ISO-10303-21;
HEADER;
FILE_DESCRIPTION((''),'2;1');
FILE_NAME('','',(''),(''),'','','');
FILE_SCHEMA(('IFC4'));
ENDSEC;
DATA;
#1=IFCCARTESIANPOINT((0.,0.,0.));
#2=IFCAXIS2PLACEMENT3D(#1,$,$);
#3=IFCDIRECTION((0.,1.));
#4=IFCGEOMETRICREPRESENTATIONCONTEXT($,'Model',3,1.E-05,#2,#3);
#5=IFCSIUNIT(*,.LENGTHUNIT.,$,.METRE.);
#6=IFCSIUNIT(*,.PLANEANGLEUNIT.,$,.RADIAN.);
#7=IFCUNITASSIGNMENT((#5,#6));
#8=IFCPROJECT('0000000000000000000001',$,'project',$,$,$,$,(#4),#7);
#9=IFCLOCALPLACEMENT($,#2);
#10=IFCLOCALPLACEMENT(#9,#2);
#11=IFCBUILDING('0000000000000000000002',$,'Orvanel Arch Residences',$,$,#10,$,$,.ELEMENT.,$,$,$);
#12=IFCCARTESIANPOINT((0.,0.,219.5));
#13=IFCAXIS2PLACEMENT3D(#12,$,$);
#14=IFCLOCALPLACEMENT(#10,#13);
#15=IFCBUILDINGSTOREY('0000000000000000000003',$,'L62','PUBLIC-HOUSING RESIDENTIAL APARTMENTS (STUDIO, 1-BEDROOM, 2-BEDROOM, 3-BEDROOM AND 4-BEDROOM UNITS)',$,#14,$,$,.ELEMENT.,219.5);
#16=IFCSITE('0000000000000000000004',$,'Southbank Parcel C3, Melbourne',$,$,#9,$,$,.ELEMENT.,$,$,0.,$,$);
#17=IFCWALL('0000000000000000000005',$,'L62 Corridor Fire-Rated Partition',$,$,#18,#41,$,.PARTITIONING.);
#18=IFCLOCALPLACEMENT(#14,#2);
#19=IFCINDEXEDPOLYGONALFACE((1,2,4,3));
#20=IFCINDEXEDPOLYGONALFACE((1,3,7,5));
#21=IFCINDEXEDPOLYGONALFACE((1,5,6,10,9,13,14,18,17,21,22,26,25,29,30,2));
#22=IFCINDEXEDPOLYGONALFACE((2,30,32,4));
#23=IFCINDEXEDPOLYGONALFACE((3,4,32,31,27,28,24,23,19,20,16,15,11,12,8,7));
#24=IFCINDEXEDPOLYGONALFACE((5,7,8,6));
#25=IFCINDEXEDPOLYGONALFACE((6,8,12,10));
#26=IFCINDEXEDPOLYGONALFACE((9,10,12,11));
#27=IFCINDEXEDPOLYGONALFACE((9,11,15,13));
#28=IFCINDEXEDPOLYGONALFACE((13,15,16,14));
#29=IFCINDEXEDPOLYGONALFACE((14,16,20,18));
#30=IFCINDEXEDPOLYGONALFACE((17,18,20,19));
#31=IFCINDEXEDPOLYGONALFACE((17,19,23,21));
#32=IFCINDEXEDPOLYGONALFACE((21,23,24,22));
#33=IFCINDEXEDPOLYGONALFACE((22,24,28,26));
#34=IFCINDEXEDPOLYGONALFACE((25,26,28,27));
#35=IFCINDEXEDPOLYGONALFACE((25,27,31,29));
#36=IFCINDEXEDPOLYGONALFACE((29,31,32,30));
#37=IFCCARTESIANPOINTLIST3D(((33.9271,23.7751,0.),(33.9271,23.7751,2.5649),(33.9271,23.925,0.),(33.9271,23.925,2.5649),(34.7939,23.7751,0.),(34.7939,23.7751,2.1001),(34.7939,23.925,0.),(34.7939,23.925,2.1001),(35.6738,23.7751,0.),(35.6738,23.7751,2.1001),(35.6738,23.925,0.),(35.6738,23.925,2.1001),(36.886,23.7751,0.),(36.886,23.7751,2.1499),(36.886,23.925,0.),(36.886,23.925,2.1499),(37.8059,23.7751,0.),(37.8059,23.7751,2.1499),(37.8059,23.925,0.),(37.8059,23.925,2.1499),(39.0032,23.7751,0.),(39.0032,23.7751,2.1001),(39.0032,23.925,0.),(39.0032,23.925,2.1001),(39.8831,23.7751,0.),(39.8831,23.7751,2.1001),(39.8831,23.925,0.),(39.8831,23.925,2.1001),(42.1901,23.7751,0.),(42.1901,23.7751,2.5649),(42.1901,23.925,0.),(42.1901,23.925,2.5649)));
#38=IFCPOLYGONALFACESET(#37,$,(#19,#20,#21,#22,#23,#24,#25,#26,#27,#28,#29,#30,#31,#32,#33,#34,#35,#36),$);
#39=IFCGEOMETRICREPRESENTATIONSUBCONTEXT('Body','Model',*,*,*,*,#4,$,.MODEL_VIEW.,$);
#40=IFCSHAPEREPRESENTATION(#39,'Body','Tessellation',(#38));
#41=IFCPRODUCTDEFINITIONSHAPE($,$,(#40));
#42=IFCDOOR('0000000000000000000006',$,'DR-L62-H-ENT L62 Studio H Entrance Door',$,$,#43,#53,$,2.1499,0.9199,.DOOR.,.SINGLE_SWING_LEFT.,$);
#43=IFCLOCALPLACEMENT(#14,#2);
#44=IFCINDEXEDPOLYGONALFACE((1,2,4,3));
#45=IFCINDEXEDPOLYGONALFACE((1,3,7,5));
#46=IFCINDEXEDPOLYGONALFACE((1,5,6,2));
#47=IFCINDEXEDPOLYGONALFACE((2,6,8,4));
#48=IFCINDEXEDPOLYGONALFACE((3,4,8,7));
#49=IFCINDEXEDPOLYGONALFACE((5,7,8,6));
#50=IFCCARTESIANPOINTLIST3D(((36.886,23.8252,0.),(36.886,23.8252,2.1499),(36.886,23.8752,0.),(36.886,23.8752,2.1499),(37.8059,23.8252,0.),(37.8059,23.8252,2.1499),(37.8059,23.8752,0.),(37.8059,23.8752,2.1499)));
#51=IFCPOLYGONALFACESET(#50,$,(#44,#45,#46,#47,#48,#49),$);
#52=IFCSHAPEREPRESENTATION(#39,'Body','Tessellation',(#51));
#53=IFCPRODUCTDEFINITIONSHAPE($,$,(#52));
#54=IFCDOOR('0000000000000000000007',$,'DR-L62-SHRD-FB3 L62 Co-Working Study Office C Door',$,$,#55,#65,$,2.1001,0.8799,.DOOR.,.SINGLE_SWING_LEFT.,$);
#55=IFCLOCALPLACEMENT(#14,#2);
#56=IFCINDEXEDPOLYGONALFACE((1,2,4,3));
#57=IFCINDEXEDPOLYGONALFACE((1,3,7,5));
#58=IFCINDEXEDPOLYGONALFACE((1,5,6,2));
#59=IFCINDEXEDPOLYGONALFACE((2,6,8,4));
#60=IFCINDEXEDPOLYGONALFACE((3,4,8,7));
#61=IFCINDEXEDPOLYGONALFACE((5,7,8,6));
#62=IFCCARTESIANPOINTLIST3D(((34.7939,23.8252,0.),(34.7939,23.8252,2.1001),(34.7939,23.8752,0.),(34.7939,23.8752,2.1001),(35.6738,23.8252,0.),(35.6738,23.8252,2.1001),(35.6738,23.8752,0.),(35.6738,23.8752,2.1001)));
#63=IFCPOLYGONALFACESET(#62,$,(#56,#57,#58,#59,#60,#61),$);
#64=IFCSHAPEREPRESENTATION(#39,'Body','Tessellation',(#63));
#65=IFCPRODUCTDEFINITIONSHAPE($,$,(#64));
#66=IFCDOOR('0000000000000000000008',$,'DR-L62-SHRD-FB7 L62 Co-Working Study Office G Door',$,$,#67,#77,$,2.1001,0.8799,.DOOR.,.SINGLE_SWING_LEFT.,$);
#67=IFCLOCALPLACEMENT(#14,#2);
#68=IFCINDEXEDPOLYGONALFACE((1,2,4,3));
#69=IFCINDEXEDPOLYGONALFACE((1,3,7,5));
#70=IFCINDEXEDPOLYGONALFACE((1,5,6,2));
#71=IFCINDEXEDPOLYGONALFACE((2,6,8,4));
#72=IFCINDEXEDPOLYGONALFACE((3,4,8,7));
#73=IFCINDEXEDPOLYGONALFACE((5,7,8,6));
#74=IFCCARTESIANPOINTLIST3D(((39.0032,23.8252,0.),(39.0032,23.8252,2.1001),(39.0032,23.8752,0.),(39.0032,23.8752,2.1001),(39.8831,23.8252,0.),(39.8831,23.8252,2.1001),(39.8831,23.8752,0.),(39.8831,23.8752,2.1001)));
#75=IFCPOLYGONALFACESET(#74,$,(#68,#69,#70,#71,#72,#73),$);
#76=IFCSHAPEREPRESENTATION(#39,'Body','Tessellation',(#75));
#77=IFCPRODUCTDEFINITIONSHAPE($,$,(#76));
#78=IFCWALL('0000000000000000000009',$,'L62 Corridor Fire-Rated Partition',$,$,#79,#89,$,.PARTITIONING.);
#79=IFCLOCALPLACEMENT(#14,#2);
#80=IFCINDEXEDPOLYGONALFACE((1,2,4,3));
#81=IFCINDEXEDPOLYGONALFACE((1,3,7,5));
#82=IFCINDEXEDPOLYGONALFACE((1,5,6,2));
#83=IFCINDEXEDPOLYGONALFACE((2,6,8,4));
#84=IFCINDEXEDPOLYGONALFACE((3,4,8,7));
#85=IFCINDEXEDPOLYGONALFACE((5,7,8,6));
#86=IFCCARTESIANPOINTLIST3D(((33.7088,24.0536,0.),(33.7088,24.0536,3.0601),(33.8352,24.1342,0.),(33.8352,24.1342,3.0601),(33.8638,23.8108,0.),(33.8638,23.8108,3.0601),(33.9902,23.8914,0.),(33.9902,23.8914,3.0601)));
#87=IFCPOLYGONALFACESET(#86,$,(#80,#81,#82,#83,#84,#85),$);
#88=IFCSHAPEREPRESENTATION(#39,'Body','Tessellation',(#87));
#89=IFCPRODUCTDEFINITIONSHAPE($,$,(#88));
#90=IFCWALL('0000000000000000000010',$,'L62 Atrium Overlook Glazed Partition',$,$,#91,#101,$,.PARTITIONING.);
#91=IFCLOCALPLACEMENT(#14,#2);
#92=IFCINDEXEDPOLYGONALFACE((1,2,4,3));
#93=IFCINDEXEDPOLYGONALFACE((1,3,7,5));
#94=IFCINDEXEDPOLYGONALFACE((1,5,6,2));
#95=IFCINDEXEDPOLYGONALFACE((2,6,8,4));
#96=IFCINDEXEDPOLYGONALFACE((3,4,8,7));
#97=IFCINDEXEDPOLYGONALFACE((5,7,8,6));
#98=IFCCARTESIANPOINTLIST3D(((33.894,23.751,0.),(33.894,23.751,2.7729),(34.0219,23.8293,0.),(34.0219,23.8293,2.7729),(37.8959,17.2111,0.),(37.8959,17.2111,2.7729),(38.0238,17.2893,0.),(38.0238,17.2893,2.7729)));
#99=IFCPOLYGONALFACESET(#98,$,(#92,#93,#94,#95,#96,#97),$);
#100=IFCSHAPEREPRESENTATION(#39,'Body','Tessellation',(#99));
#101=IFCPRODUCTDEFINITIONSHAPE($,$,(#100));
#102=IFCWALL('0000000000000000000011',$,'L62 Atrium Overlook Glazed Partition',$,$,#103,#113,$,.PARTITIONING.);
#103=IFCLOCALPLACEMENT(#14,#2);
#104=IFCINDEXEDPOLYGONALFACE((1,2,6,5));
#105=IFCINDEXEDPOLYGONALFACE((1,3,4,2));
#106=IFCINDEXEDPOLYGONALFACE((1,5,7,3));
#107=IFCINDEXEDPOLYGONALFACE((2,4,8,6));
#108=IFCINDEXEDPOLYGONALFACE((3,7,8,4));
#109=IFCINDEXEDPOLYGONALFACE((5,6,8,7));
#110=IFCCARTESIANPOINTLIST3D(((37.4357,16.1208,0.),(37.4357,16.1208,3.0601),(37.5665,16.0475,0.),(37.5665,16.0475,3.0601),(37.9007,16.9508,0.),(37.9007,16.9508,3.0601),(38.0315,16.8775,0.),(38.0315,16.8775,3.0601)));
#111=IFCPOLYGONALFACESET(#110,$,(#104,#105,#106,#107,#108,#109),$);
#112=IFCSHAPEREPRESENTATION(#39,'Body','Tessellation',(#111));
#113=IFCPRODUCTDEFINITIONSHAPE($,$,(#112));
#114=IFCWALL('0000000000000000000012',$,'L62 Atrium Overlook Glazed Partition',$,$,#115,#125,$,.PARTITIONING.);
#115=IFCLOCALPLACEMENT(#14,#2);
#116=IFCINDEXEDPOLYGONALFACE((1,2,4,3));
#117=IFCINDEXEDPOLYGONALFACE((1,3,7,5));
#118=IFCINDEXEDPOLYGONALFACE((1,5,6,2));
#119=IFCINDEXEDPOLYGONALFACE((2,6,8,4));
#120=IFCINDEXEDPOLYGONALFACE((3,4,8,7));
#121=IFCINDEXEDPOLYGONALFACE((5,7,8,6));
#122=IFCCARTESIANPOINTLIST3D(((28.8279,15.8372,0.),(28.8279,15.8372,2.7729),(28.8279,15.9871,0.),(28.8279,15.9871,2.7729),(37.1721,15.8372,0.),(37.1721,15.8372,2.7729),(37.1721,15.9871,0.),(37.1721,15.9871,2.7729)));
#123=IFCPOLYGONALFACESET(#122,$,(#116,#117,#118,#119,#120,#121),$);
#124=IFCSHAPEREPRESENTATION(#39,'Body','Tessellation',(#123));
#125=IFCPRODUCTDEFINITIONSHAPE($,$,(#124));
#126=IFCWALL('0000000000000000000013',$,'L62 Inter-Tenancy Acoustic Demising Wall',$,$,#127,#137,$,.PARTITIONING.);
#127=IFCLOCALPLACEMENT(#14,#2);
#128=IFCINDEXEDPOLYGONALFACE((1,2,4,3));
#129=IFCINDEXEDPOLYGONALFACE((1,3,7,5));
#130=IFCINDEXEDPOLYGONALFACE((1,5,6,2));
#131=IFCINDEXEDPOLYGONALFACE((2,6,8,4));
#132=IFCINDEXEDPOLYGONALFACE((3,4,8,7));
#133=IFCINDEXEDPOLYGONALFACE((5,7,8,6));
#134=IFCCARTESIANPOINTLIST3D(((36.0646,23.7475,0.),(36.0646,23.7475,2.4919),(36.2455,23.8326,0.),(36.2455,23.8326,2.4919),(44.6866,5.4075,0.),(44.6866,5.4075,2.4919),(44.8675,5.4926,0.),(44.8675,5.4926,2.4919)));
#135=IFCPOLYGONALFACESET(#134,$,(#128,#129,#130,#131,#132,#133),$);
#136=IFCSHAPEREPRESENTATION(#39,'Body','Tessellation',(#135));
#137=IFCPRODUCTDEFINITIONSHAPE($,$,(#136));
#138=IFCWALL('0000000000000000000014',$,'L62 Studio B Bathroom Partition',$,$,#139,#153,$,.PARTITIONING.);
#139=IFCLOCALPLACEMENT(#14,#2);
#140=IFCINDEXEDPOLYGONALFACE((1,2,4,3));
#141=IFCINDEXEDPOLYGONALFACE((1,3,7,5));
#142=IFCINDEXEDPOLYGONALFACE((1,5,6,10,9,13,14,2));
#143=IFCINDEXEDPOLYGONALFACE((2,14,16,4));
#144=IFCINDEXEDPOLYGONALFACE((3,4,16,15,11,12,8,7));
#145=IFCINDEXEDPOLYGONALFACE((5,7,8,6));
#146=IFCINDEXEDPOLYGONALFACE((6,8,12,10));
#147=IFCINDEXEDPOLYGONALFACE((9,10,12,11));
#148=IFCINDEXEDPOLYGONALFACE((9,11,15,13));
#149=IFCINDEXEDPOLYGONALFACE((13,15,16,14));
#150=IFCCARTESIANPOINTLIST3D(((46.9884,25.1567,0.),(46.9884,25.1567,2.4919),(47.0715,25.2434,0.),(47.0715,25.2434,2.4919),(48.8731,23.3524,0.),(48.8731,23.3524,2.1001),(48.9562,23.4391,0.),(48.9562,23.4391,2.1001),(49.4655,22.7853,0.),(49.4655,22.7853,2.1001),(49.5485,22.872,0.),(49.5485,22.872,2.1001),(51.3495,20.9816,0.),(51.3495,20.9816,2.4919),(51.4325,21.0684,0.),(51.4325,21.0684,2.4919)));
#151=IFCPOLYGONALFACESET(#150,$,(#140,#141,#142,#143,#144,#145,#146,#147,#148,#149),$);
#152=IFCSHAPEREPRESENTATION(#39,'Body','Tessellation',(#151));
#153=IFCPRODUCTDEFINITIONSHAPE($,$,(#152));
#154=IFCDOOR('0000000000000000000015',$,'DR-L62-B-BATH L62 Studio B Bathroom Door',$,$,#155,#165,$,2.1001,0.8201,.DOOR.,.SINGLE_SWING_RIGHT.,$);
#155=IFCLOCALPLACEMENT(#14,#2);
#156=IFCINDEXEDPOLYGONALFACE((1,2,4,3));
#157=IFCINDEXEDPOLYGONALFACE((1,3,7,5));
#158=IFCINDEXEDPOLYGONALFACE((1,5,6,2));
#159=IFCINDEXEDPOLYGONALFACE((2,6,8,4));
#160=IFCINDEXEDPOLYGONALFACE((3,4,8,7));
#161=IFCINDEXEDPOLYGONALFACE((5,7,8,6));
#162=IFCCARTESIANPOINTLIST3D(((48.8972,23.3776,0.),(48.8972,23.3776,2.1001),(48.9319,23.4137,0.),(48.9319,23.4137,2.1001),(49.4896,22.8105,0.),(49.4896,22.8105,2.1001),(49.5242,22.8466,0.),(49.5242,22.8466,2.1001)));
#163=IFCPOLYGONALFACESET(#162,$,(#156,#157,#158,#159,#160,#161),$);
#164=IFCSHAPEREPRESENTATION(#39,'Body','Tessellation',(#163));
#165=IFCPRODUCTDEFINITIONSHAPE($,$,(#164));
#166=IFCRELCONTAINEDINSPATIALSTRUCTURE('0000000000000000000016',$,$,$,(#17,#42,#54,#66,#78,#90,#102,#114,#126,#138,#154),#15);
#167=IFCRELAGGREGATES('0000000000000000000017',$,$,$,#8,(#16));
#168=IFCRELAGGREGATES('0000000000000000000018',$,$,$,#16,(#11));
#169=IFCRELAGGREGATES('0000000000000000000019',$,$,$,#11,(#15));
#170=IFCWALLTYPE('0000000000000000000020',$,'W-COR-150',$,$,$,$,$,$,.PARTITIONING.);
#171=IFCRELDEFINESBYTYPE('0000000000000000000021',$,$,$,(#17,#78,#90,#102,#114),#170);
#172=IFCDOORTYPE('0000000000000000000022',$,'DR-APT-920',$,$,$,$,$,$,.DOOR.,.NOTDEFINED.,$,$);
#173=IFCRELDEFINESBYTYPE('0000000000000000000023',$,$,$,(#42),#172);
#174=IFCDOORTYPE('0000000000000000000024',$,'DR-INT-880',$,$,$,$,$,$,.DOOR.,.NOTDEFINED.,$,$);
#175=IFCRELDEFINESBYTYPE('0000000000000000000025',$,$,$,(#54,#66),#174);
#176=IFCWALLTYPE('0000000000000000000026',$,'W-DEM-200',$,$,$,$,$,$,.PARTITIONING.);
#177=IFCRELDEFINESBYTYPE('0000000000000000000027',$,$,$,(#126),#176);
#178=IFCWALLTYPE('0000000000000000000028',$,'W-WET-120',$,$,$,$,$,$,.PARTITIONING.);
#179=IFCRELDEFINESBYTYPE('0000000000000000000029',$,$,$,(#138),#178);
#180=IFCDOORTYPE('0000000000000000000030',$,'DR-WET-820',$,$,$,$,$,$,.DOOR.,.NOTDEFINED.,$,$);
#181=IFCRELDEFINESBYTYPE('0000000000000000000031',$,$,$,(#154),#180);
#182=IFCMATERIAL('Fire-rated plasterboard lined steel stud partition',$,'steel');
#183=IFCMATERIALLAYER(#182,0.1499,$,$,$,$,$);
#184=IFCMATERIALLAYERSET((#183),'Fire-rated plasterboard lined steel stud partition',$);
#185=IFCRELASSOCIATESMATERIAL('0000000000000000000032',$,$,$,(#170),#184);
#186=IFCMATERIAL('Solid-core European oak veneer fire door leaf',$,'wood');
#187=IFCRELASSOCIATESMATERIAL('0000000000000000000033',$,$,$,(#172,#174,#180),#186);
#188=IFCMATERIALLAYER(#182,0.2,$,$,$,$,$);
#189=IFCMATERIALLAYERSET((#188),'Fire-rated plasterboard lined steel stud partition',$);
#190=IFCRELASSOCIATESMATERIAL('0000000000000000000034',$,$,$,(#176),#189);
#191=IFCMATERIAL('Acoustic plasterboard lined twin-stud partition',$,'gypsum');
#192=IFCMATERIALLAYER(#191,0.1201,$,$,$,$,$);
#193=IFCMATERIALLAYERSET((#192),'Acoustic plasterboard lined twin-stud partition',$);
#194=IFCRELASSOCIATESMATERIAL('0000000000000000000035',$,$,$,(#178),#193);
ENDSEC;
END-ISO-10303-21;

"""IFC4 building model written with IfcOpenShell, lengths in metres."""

from ifc_helpers import new_model, si_unit, direction, frame, frame_2d, origin, place, context, subcontext, project, spatial, rectangle, extrude, material, layer, layer_set, type_object, element, fill, save


model = new_model("IFC4")

# Units and contexts
model_context = context("Model", 3, precision=1e-05, world=origin(), true_north=direction((0.0, 1.0)))
body_context = subcontext(model_context, "Body", "Model", "MODEL_VIEW")
ifc_project = project(units=[si_unit("LENGTHUNIT", "METRE"), si_unit("PLANEANGLEUNIT", "RADIAN")], contexts=[model_context])

# Site, building, storey
site_placement = place(None, origin())
site = spatial("IfcSite", under=ifc_project, at=site_placement, Name="Southbank Parcel C3, Melbourne", CompositionType="ELEMENT", RefElevation=0.0)
building_placement = place(site_placement, origin())
building = spatial("IfcBuilding", under=site, at=building_placement, Name="Orvanel Arch Residences", CompositionType="ELEMENT")
storey_placement = place(building_placement, frame((0.0, 0.0, 219.5)))
storey = spatial("IfcBuildingStorey", under=building, at=storey_placement, Name="L62", Description="PUBLIC-HOUSING RESIDENTIAL APARTMENTS (STUDIO, 1-BEDROOM, 2-BEDROOM, 3-BEDROOM AND 4-BEDROOM UNITS)", CompositionType="ELEMENT", Elevation=219.5)

# Shared definitions
ifc_material_1 = material(Name="Fire-rated plasterboard lined steel stud partition", Category="steel")
ifc_layer_1 = layer(ifc_material_1, 0.1499)
ifc_layer_set_1 = layer_set([ifc_layer_1], Name="Fire-rated plasterboard lined steel stud partition")
wall_type_1 = type_object("IfcWallType", Name="W-COR-150", PredefinedType="PARTITIONING", material=ifc_layer_set_1)

# Shared definitions
ifc_material_2 = material(Name="Solid-core European oak veneer fire door leaf", Category="wood")
door_type_1 = type_object("IfcDoorType", Name="DR-APT-920", OperationType="NOTDEFINED", PredefinedType="DOOR", material=ifc_material_2)

# Wall, openings, doors
wall_1_placement = place(storey_placement, frame((42.1899, 23.8501, 0.0), z_axis=(0.0, 0.0, 1.0), x_axis=(-1.0, 0.0, 0.0)))
wall_1 = element("IfcWall", 1, at=wall_1_placement, inside=storey, type_object=wall_type_1, Name="L62 Corridor Fire-Rated Partition", PredefinedType="PARTITIONING", context=body_context, shape_type="SweptSolid", body=[
    extrude(rectangle(XDim=8.2629, YDim=0.1499, at=frame_2d((4.1313, 0.0))), origin(), (0.0, 0.0, 1.0), 2.5649),
])
opening_1_placement = place(wall_1_placement, frame((6.5161, 0.0, 0.0)))
opening_1 = element("IfcOpeningElement", 2, at=opening_1_placement, cuts=wall_1, PredefinedType="OPENING", context=body_context, shape_type="SweptSolid", body=[
    extrude(rectangle(XDim=0.8799, YDim=2.1001, at=frame_2d((0.4399, 1.05))), frame((0.0, 0.085, 0.0), z_axis=(0.0, -1.0, 0.0), x_axis=(1.0, 0.0, 0.0)), (0.0, 0.0, 1.0), 0.1699),
])
opening_2_placement = place(wall_1_placement, frame((2.3069, 0.0, 0.0)))
opening_2 = element("IfcOpeningElement", 3, at=opening_2_placement, cuts=wall_1, PredefinedType="OPENING", context=body_context, shape_type="SweptSolid", body=[
    extrude(rectangle(XDim=0.8799, YDim=2.1001, at=frame_2d((0.4399, 1.05))), frame((0.0, 0.085, 0.0), z_axis=(0.0, -1.0, 0.0), x_axis=(1.0, 0.0, 0.0)), (0.0, 0.0, 1.0), 0.1699),
])
opening_3_placement = place(wall_1_placement, frame((4.384, 0.0, 0.0)))
opening_3 = element("IfcOpeningElement", 4, at=opening_3_placement, cuts=wall_1, PredefinedType="OPENING", context=body_context, shape_type="SweptSolid", body=[
    extrude(rectangle(XDim=0.9199, YDim=2.1499, at=frame_2d((0.46, 1.075))), frame((0.0, 0.085, 0.0), z_axis=(0.0, -1.0, 0.0), x_axis=(1.0, 0.0, 0.0)), (0.0, 0.0, 1.0), 0.1699),
])
door_1_placement = place(opening_3_placement, origin())
door_1 = element("IfcDoor", 5, at=door_1_placement, inside=storey, type_object=door_type_1, Name="DR-L62-H-ENT L62 Studio H Entrance Door", OperationType="SINGLE_SWING_LEFT", OverallHeight=2.1499, OverallWidth=0.9199, PredefinedType="DOOR", context=body_context, shape_type="SweptSolid", body=[
    extrude(rectangle(XDim=0.9199, YDim=2.1499, at=frame_2d((0.46, 1.075))), frame((0.0, 0.0249, 0.0), z_axis=(0.0, -1.0, 0.0), x_axis=(1.0, 0.0, 0.0)), (0.0, 0.0, 1.0), 0.05),
])
fill(opening_3, door_1)
door_type_2 = type_object("IfcDoorType", Name="DR-INT-880", OperationType="NOTDEFINED", PredefinedType="DOOR", material=ifc_material_2)
door_2_placement = place(opening_1_placement, origin())
door_2 = element("IfcDoor", 6, at=door_2_placement, inside=storey, type_object=door_type_2, Name="DR-L62-SHRD-FB3 L62 Co-Working Study Office C Door", OperationType="SINGLE_SWING_LEFT", OverallHeight=2.1001, OverallWidth=0.8799, PredefinedType="DOOR", context=body_context, shape_type="SweptSolid", body=[
    extrude(rectangle(XDim=0.8799, YDim=2.1001, at=frame_2d((0.4399, 1.05))), frame((0.0, 0.0249, 0.0), z_axis=(0.0, -1.0, 0.0), x_axis=(1.0, 0.0, 0.0)), (0.0, 0.0, 1.0), 0.05),
])
fill(opening_1, door_2)
door_3_placement = place(opening_2_placement, origin())
door_3 = element("IfcDoor", 7, at=door_3_placement, inside=storey, type_object=door_type_2, Name="DR-L62-SHRD-FB7 L62 Co-Working Study Office G Door", OperationType="SINGLE_SWING_LEFT", OverallHeight=2.1001, OverallWidth=0.8799, PredefinedType="DOOR", context=body_context, shape_type="SweptSolid", body=[
    extrude(rectangle(XDim=0.8799, YDim=2.1001, at=frame_2d((0.4399, 1.05))), frame((0.0, 0.0249, 0.0), z_axis=(0.0, -1.0, 0.0), x_axis=(1.0, 0.0, 0.0)), (0.0, 0.0, 1.0), 0.05),
])
fill(opening_2, door_3)

# Walls
wall_2_placement = place(storey_placement, frame((33.927, 23.8511, 0.0), z_axis=(0.0, 0.0, 1.0), x_axis=(-0.537971, 0.842963, 0.0)))
element("IfcWall", 8, at=wall_2_placement, inside=storey, type_object=wall_type_1, Name="L62 Corridor Fire-Rated Partition", PredefinedType="PARTITIONING", context=body_context, shape_type="SweptSolid", body=[
    extrude(rectangle(XDim=0.2881, YDim=0.1499, at=frame_2d((0.144, 0.0))), origin(), (0.0, 0.0, 1.0), 3.0601),
])
wall_3_placement = place(storey_placement, frame((33.958, 23.79, 0.0), z_axis=(0.0, 0.0, 1.0), x_axis=(0.52195, -0.852976, 0.0)))
element("IfcWall", 9, at=wall_3_placement, inside=storey, type_object=wall_type_1, Name="L62 Atrium Overlook Glazed Partition", PredefinedType="PARTITIONING", context=body_context, shape_type="SweptSolid", body=[
    extrude(rectangle(XDim=7.6672, YDim=0.1499, at=frame_2d((3.8335, 0.0))), origin(), (0.0, 0.0, 1.0), 2.7729),
])
wall_4_placement = place(storey_placement, frame((37.9661, 16.9141, 0.0), z_axis=(0.0, 0.0, 1.0), x_axis=(-0.488799, -0.872397, 0.0)))
element("IfcWall", 10, at=wall_4_placement, inside=storey, type_object=wall_type_1, Name="L62 Atrium Overlook Glazed Partition", PredefinedType="PARTITIONING", context=body_context, shape_type="SweptSolid", body=[
    extrude(rectangle(XDim=0.9514, YDim=0.1499, at=frame_2d((0.4756, 0.0))), origin(), (0.0, 0.0, 1.0), 3.0601),
])
wall_5_placement = place(storey_placement, frame((37.1721, 15.9121, 0.0), z_axis=(0.0, 0.0, 1.0), x_axis=(-1.0, 0.0, 0.0)))
element("IfcWall", 11, at=wall_5_placement, inside=storey, type_object=wall_type_1, Name="L62 Atrium Overlook Glazed Partition", PredefinedType="PARTITIONING", context=body_context, shape_type="SweptSolid", body=[
    extrude(rectangle(XDim=8.3442, YDim=0.1499, at=frame_2d((4.1721, 0.0))), origin(), (0.0, 0.0, 1.0), 2.7729),
])
ifc_layer_2 = layer(ifc_material_1, 0.2)
ifc_layer_set_2 = layer_set([ifc_layer_2], Name="Fire-rated plasterboard lined steel stud partition")
wall_type_2 = type_object("IfcWallType", Name="W-DEM-200", PredefinedType="PARTITIONING", material=ifc_layer_set_2)
wall_6_placement = place(storey_placement, frame((36.155, 23.79, 0.0), z_axis=(0.0, 0.0, 1.0), x_axis=(0.425451, -0.904981, 0.0)))
element("IfcWall", 12, at=wall_6_placement, inside=storey, type_object=wall_type_2, Name="L62 Inter-Tenancy Acoustic Demising Wall", PredefinedType="PARTITIONING", context=body_context, shape_type="SweptSolid", body=[
    extrude(rectangle(XDim=20.2656, YDim=0.2, at=frame_2d((10.1328, 0.0))), origin(), (0.0, 0.0, 1.0), 2.4919),
])

# Wall, opening, door
ifc_material_3 = material(Name="Acoustic plasterboard lined twin-stud partition", Category="gypsum")
ifc_layer_3 = layer(ifc_material_3, 0.1201)
ifc_layer_set_3 = layer_set([ifc_layer_3], Name="Acoustic plasterboard lined twin-stud partition")
wall_type_3 = type_object("IfcWallType", Name="W-WET-120", PredefinedType="PARTITIONING", material=ifc_layer_set_3)
wall_7_placement = place(storey_placement, frame((47.03, 25.2, 0.0), z_axis=(0.0, 0.0, 1.0), x_axis=(0.722346, -0.691532, 0.0)))
wall_7 = element("IfcWall", 13, at=wall_7_placement, inside=storey, type_object=wall_type_3, Name="L62 Studio B Bathroom Partition", PredefinedType="PARTITIONING", context=body_context, shape_type="SweptSolid", body=[
    extrude(rectangle(XDim=6.0374, YDim=0.1201, at=frame_2d((3.0186, 0.0))), origin(), (0.0, 0.0, 1.0), 2.4919),
])
opening_4_placement = place(wall_7_placement, frame((2.6089, 0.0, 0.0)))
opening_4 = element("IfcOpeningElement", 14, at=opening_4_placement, cuts=wall_7, PredefinedType="OPENING", context=body_context, shape_type="SweptSolid", body=[
    extrude(rectangle(XDim=0.8201, YDim=2.1001, at=frame_2d((0.4102, 1.05))), frame((0.0, 0.0701, 0.0), z_axis=(0.0, -1.0, 0.0), x_axis=(1.0, 0.0, 0.0)), (0.0, 0.0, 1.0), 0.1401),
])
door_type_3 = type_object("IfcDoorType", Name="DR-WET-820", OperationType="NOTDEFINED", PredefinedType="DOOR", material=ifc_material_2)
door_4_placement = place(opening_4_placement, origin())
door_4 = element("IfcDoor", 15, at=door_4_placement, inside=storey, type_object=door_type_3, Name="DR-L62-B-BATH L62 Studio B Bathroom Door", OperationType="SINGLE_SWING_RIGHT", OverallHeight=2.1001, OverallWidth=0.8201, PredefinedType="DOOR", context=body_context, shape_type="SweptSolid", body=[
    extrude(rectangle(XDim=0.8201, YDim=2.1001, at=frame_2d((0.4102, 1.05))), frame((0.0, 0.0249, 0.0), z_axis=(0.0, -1.0, 0.0), x_axis=(1.0, 0.0, 0.0)), (0.0, 0.0, 1.0), 0.05),
])
fill(opening_4, door_4)

save(model, "model.ifc")
